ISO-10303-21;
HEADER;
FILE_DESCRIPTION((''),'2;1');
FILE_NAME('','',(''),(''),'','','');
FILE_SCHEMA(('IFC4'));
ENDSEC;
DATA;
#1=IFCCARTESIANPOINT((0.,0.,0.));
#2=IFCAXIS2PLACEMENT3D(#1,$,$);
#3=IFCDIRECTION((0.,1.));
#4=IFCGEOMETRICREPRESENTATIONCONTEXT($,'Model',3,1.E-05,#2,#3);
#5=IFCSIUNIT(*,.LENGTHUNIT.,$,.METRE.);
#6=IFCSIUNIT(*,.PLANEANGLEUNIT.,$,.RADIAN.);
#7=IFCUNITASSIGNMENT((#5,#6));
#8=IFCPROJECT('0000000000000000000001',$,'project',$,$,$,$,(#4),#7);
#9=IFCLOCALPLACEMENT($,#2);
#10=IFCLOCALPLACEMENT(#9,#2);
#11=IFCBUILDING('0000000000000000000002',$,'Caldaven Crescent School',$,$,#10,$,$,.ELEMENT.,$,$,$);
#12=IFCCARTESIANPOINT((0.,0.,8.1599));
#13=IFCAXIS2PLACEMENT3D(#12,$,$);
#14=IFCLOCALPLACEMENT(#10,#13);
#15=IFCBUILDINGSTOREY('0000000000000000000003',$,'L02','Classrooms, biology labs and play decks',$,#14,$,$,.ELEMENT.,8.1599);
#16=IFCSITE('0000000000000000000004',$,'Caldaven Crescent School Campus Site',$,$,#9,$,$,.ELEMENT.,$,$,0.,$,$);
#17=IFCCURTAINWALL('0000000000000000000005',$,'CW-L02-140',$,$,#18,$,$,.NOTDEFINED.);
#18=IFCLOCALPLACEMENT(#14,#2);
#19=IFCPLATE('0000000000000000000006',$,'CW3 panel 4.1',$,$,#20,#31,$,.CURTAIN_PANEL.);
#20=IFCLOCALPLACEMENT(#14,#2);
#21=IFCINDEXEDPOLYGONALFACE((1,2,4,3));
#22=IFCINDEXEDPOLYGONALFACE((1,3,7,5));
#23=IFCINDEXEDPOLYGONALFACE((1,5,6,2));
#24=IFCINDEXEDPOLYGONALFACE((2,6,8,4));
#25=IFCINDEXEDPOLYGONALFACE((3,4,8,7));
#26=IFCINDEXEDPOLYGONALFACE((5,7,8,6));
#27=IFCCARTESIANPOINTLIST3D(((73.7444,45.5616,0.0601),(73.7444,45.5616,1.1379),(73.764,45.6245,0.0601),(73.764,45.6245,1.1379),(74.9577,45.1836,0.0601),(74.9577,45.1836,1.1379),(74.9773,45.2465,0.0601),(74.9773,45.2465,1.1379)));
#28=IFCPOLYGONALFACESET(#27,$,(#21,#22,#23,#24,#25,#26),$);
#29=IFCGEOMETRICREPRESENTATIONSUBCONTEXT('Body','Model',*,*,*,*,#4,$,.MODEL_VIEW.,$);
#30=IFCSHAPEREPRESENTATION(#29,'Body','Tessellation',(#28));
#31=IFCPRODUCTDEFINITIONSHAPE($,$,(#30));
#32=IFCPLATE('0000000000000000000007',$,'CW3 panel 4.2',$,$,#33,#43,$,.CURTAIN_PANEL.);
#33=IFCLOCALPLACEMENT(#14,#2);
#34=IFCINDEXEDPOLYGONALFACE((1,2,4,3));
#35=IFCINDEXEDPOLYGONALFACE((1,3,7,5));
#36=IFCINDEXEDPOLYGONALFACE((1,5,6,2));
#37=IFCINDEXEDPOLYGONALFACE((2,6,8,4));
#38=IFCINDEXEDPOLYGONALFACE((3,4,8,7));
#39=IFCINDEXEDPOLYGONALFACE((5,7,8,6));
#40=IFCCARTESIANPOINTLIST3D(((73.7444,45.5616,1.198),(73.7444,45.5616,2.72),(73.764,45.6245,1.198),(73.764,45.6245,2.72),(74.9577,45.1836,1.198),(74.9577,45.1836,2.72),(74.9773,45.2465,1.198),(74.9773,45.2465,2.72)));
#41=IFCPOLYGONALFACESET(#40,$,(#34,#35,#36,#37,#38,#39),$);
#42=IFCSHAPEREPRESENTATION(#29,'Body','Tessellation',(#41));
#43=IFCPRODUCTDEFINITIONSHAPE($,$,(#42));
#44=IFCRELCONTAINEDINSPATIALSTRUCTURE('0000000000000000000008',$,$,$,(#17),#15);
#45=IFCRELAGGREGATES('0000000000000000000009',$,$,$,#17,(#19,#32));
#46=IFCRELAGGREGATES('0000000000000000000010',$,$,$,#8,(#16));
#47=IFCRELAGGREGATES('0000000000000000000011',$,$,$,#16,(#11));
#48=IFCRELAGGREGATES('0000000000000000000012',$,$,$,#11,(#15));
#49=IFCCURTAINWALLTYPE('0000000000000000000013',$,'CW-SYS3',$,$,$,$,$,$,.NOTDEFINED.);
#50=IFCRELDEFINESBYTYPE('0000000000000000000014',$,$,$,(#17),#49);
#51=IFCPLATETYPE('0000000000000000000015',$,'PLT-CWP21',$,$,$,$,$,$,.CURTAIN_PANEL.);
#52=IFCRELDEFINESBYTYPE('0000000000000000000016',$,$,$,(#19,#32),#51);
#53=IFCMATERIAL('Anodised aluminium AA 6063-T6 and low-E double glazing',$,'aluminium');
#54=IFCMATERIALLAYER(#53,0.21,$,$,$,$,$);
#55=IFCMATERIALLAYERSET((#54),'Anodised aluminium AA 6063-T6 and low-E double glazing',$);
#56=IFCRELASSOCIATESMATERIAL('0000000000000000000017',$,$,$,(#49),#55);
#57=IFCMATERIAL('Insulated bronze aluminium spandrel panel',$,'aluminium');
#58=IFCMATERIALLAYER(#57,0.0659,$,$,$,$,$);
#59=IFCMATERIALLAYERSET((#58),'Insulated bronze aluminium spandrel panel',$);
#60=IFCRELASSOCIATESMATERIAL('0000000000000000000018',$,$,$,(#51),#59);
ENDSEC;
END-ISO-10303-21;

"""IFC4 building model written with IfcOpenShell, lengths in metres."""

from ifc_helpers import new_model, si_unit, direction, frame, origin, origin_2d, place, context, subcontext, project, spatial, rectangle, extrude, material, layer, layer_set, type_object, element, aggregate, save


model = new_model("IFC4")

# Units and contexts
model_context = context("Model", 3, precision=1e-05, world=origin(), true_north=direction((0.0, 1.0)))
body_context = subcontext(model_context, "Body", "Model", "MODEL_VIEW")
ifc_project = project(units=[si_unit("LENGTHUNIT", "METRE"), si_unit("PLANEANGLEUNIT", "RADIAN")], contexts=[model_context])

# Site, building, storey
site_placement = place(None, origin())
site = spatial("IfcSite", under=ifc_project, at=site_placement, Name="Caldaven Crescent School Campus Site", CompositionType="ELEMENT", RefElevation=0.0)
building_placement = place(site_placement, origin())
building = spatial("IfcBuilding", under=site, at=building_placement, Name="Caldaven Crescent School", CompositionType="ELEMENT")
storey_placement = place(building_placement, frame((0.0, 0.0, 8.1599)))
storey = spatial("IfcBuildingStorey", under=building, at=storey_placement, Name="L02", Description="Classrooms, biology labs and play decks", CompositionType="ELEMENT", Elevation=8.1599)

# Curtain wall
ifc_material_1 = material(Name="Anodised aluminium AA 6063-T6 and low-E double glazing", Category="aluminium")
ifc_layer_1 = layer(ifc_material_1, 0.21)
ifc_layer_set_1 = layer_set([ifc_layer_1], Name="Anodised aluminium AA 6063-T6 and low-E double glazing")
curtain_wall_type_1 = type_object("IfcCurtainWallType", Name="CW-SYS3", PredefinedType="NOTDEFINED", material=ifc_layer_set_1)
curtain_wall_1_placement = place(storey_placement, origin())
curtain_wall_1 = element("IfcCurtainWall", 1, at=curtain_wall_1_placement, inside=storey, type_object=curtain_wall_type_1, Name="CW-L02-140", PredefinedType="NOTDEFINED")

# Plates
ifc_material_2 = material(Name="Insulated bronze aluminium spandrel panel", Category="aluminium")
ifc_layer_2 = layer(ifc_material_2, 0.0659)
ifc_layer_set_2 = layer_set([ifc_layer_2], Name="Insulated bronze aluminium spandrel panel")
plate_type = type_object("IfcPlateType", Name="PLT-CWP21", PredefinedType="CURTAIN_PANEL", material=ifc_layer_set_2)
plate_1_placement = place(storey_placement, frame((74.3608, 45.4041, 0.0601), z_axis=(0.0, 0.0, 1.0), x_axis=(0.954747, -0.29742, 0.0)))
plate_1 = element("IfcPlate", 2, at=plate_1_placement, type_object=plate_type, Name="CW3 panel 4.1", PredefinedType="CURTAIN_PANEL", context=body_context, shape_type="SweptSolid", body=[
    extrude(rectangle(XDim=1.2708, YDim=0.0659, at=origin_2d()), origin(), (0.0, 0.0, 1.0), 1.0779),
])
plate_2_placement = place(storey_placement, frame((74.3608, 45.4041, 1.198), z_axis=(0.0, 0.0, 1.0), x_axis=(0.954747, -0.29742, 0.0)))
plate_2 = element("IfcPlate", 3, at=plate_2_placement, type_object=plate_type, Name="CW3 panel 4.2", PredefinedType="CURTAIN_PANEL", context=body_context, shape_type="SweptSolid", body=[
    extrude(rectangle(XDim=1.2708, YDim=0.0659, at=origin_2d()), origin(), (0.0, 0.0, 1.0), 1.522),
])
aggregate(curtain_wall_1, [plate_1, plate_2])

save(model, "model.ifc")
